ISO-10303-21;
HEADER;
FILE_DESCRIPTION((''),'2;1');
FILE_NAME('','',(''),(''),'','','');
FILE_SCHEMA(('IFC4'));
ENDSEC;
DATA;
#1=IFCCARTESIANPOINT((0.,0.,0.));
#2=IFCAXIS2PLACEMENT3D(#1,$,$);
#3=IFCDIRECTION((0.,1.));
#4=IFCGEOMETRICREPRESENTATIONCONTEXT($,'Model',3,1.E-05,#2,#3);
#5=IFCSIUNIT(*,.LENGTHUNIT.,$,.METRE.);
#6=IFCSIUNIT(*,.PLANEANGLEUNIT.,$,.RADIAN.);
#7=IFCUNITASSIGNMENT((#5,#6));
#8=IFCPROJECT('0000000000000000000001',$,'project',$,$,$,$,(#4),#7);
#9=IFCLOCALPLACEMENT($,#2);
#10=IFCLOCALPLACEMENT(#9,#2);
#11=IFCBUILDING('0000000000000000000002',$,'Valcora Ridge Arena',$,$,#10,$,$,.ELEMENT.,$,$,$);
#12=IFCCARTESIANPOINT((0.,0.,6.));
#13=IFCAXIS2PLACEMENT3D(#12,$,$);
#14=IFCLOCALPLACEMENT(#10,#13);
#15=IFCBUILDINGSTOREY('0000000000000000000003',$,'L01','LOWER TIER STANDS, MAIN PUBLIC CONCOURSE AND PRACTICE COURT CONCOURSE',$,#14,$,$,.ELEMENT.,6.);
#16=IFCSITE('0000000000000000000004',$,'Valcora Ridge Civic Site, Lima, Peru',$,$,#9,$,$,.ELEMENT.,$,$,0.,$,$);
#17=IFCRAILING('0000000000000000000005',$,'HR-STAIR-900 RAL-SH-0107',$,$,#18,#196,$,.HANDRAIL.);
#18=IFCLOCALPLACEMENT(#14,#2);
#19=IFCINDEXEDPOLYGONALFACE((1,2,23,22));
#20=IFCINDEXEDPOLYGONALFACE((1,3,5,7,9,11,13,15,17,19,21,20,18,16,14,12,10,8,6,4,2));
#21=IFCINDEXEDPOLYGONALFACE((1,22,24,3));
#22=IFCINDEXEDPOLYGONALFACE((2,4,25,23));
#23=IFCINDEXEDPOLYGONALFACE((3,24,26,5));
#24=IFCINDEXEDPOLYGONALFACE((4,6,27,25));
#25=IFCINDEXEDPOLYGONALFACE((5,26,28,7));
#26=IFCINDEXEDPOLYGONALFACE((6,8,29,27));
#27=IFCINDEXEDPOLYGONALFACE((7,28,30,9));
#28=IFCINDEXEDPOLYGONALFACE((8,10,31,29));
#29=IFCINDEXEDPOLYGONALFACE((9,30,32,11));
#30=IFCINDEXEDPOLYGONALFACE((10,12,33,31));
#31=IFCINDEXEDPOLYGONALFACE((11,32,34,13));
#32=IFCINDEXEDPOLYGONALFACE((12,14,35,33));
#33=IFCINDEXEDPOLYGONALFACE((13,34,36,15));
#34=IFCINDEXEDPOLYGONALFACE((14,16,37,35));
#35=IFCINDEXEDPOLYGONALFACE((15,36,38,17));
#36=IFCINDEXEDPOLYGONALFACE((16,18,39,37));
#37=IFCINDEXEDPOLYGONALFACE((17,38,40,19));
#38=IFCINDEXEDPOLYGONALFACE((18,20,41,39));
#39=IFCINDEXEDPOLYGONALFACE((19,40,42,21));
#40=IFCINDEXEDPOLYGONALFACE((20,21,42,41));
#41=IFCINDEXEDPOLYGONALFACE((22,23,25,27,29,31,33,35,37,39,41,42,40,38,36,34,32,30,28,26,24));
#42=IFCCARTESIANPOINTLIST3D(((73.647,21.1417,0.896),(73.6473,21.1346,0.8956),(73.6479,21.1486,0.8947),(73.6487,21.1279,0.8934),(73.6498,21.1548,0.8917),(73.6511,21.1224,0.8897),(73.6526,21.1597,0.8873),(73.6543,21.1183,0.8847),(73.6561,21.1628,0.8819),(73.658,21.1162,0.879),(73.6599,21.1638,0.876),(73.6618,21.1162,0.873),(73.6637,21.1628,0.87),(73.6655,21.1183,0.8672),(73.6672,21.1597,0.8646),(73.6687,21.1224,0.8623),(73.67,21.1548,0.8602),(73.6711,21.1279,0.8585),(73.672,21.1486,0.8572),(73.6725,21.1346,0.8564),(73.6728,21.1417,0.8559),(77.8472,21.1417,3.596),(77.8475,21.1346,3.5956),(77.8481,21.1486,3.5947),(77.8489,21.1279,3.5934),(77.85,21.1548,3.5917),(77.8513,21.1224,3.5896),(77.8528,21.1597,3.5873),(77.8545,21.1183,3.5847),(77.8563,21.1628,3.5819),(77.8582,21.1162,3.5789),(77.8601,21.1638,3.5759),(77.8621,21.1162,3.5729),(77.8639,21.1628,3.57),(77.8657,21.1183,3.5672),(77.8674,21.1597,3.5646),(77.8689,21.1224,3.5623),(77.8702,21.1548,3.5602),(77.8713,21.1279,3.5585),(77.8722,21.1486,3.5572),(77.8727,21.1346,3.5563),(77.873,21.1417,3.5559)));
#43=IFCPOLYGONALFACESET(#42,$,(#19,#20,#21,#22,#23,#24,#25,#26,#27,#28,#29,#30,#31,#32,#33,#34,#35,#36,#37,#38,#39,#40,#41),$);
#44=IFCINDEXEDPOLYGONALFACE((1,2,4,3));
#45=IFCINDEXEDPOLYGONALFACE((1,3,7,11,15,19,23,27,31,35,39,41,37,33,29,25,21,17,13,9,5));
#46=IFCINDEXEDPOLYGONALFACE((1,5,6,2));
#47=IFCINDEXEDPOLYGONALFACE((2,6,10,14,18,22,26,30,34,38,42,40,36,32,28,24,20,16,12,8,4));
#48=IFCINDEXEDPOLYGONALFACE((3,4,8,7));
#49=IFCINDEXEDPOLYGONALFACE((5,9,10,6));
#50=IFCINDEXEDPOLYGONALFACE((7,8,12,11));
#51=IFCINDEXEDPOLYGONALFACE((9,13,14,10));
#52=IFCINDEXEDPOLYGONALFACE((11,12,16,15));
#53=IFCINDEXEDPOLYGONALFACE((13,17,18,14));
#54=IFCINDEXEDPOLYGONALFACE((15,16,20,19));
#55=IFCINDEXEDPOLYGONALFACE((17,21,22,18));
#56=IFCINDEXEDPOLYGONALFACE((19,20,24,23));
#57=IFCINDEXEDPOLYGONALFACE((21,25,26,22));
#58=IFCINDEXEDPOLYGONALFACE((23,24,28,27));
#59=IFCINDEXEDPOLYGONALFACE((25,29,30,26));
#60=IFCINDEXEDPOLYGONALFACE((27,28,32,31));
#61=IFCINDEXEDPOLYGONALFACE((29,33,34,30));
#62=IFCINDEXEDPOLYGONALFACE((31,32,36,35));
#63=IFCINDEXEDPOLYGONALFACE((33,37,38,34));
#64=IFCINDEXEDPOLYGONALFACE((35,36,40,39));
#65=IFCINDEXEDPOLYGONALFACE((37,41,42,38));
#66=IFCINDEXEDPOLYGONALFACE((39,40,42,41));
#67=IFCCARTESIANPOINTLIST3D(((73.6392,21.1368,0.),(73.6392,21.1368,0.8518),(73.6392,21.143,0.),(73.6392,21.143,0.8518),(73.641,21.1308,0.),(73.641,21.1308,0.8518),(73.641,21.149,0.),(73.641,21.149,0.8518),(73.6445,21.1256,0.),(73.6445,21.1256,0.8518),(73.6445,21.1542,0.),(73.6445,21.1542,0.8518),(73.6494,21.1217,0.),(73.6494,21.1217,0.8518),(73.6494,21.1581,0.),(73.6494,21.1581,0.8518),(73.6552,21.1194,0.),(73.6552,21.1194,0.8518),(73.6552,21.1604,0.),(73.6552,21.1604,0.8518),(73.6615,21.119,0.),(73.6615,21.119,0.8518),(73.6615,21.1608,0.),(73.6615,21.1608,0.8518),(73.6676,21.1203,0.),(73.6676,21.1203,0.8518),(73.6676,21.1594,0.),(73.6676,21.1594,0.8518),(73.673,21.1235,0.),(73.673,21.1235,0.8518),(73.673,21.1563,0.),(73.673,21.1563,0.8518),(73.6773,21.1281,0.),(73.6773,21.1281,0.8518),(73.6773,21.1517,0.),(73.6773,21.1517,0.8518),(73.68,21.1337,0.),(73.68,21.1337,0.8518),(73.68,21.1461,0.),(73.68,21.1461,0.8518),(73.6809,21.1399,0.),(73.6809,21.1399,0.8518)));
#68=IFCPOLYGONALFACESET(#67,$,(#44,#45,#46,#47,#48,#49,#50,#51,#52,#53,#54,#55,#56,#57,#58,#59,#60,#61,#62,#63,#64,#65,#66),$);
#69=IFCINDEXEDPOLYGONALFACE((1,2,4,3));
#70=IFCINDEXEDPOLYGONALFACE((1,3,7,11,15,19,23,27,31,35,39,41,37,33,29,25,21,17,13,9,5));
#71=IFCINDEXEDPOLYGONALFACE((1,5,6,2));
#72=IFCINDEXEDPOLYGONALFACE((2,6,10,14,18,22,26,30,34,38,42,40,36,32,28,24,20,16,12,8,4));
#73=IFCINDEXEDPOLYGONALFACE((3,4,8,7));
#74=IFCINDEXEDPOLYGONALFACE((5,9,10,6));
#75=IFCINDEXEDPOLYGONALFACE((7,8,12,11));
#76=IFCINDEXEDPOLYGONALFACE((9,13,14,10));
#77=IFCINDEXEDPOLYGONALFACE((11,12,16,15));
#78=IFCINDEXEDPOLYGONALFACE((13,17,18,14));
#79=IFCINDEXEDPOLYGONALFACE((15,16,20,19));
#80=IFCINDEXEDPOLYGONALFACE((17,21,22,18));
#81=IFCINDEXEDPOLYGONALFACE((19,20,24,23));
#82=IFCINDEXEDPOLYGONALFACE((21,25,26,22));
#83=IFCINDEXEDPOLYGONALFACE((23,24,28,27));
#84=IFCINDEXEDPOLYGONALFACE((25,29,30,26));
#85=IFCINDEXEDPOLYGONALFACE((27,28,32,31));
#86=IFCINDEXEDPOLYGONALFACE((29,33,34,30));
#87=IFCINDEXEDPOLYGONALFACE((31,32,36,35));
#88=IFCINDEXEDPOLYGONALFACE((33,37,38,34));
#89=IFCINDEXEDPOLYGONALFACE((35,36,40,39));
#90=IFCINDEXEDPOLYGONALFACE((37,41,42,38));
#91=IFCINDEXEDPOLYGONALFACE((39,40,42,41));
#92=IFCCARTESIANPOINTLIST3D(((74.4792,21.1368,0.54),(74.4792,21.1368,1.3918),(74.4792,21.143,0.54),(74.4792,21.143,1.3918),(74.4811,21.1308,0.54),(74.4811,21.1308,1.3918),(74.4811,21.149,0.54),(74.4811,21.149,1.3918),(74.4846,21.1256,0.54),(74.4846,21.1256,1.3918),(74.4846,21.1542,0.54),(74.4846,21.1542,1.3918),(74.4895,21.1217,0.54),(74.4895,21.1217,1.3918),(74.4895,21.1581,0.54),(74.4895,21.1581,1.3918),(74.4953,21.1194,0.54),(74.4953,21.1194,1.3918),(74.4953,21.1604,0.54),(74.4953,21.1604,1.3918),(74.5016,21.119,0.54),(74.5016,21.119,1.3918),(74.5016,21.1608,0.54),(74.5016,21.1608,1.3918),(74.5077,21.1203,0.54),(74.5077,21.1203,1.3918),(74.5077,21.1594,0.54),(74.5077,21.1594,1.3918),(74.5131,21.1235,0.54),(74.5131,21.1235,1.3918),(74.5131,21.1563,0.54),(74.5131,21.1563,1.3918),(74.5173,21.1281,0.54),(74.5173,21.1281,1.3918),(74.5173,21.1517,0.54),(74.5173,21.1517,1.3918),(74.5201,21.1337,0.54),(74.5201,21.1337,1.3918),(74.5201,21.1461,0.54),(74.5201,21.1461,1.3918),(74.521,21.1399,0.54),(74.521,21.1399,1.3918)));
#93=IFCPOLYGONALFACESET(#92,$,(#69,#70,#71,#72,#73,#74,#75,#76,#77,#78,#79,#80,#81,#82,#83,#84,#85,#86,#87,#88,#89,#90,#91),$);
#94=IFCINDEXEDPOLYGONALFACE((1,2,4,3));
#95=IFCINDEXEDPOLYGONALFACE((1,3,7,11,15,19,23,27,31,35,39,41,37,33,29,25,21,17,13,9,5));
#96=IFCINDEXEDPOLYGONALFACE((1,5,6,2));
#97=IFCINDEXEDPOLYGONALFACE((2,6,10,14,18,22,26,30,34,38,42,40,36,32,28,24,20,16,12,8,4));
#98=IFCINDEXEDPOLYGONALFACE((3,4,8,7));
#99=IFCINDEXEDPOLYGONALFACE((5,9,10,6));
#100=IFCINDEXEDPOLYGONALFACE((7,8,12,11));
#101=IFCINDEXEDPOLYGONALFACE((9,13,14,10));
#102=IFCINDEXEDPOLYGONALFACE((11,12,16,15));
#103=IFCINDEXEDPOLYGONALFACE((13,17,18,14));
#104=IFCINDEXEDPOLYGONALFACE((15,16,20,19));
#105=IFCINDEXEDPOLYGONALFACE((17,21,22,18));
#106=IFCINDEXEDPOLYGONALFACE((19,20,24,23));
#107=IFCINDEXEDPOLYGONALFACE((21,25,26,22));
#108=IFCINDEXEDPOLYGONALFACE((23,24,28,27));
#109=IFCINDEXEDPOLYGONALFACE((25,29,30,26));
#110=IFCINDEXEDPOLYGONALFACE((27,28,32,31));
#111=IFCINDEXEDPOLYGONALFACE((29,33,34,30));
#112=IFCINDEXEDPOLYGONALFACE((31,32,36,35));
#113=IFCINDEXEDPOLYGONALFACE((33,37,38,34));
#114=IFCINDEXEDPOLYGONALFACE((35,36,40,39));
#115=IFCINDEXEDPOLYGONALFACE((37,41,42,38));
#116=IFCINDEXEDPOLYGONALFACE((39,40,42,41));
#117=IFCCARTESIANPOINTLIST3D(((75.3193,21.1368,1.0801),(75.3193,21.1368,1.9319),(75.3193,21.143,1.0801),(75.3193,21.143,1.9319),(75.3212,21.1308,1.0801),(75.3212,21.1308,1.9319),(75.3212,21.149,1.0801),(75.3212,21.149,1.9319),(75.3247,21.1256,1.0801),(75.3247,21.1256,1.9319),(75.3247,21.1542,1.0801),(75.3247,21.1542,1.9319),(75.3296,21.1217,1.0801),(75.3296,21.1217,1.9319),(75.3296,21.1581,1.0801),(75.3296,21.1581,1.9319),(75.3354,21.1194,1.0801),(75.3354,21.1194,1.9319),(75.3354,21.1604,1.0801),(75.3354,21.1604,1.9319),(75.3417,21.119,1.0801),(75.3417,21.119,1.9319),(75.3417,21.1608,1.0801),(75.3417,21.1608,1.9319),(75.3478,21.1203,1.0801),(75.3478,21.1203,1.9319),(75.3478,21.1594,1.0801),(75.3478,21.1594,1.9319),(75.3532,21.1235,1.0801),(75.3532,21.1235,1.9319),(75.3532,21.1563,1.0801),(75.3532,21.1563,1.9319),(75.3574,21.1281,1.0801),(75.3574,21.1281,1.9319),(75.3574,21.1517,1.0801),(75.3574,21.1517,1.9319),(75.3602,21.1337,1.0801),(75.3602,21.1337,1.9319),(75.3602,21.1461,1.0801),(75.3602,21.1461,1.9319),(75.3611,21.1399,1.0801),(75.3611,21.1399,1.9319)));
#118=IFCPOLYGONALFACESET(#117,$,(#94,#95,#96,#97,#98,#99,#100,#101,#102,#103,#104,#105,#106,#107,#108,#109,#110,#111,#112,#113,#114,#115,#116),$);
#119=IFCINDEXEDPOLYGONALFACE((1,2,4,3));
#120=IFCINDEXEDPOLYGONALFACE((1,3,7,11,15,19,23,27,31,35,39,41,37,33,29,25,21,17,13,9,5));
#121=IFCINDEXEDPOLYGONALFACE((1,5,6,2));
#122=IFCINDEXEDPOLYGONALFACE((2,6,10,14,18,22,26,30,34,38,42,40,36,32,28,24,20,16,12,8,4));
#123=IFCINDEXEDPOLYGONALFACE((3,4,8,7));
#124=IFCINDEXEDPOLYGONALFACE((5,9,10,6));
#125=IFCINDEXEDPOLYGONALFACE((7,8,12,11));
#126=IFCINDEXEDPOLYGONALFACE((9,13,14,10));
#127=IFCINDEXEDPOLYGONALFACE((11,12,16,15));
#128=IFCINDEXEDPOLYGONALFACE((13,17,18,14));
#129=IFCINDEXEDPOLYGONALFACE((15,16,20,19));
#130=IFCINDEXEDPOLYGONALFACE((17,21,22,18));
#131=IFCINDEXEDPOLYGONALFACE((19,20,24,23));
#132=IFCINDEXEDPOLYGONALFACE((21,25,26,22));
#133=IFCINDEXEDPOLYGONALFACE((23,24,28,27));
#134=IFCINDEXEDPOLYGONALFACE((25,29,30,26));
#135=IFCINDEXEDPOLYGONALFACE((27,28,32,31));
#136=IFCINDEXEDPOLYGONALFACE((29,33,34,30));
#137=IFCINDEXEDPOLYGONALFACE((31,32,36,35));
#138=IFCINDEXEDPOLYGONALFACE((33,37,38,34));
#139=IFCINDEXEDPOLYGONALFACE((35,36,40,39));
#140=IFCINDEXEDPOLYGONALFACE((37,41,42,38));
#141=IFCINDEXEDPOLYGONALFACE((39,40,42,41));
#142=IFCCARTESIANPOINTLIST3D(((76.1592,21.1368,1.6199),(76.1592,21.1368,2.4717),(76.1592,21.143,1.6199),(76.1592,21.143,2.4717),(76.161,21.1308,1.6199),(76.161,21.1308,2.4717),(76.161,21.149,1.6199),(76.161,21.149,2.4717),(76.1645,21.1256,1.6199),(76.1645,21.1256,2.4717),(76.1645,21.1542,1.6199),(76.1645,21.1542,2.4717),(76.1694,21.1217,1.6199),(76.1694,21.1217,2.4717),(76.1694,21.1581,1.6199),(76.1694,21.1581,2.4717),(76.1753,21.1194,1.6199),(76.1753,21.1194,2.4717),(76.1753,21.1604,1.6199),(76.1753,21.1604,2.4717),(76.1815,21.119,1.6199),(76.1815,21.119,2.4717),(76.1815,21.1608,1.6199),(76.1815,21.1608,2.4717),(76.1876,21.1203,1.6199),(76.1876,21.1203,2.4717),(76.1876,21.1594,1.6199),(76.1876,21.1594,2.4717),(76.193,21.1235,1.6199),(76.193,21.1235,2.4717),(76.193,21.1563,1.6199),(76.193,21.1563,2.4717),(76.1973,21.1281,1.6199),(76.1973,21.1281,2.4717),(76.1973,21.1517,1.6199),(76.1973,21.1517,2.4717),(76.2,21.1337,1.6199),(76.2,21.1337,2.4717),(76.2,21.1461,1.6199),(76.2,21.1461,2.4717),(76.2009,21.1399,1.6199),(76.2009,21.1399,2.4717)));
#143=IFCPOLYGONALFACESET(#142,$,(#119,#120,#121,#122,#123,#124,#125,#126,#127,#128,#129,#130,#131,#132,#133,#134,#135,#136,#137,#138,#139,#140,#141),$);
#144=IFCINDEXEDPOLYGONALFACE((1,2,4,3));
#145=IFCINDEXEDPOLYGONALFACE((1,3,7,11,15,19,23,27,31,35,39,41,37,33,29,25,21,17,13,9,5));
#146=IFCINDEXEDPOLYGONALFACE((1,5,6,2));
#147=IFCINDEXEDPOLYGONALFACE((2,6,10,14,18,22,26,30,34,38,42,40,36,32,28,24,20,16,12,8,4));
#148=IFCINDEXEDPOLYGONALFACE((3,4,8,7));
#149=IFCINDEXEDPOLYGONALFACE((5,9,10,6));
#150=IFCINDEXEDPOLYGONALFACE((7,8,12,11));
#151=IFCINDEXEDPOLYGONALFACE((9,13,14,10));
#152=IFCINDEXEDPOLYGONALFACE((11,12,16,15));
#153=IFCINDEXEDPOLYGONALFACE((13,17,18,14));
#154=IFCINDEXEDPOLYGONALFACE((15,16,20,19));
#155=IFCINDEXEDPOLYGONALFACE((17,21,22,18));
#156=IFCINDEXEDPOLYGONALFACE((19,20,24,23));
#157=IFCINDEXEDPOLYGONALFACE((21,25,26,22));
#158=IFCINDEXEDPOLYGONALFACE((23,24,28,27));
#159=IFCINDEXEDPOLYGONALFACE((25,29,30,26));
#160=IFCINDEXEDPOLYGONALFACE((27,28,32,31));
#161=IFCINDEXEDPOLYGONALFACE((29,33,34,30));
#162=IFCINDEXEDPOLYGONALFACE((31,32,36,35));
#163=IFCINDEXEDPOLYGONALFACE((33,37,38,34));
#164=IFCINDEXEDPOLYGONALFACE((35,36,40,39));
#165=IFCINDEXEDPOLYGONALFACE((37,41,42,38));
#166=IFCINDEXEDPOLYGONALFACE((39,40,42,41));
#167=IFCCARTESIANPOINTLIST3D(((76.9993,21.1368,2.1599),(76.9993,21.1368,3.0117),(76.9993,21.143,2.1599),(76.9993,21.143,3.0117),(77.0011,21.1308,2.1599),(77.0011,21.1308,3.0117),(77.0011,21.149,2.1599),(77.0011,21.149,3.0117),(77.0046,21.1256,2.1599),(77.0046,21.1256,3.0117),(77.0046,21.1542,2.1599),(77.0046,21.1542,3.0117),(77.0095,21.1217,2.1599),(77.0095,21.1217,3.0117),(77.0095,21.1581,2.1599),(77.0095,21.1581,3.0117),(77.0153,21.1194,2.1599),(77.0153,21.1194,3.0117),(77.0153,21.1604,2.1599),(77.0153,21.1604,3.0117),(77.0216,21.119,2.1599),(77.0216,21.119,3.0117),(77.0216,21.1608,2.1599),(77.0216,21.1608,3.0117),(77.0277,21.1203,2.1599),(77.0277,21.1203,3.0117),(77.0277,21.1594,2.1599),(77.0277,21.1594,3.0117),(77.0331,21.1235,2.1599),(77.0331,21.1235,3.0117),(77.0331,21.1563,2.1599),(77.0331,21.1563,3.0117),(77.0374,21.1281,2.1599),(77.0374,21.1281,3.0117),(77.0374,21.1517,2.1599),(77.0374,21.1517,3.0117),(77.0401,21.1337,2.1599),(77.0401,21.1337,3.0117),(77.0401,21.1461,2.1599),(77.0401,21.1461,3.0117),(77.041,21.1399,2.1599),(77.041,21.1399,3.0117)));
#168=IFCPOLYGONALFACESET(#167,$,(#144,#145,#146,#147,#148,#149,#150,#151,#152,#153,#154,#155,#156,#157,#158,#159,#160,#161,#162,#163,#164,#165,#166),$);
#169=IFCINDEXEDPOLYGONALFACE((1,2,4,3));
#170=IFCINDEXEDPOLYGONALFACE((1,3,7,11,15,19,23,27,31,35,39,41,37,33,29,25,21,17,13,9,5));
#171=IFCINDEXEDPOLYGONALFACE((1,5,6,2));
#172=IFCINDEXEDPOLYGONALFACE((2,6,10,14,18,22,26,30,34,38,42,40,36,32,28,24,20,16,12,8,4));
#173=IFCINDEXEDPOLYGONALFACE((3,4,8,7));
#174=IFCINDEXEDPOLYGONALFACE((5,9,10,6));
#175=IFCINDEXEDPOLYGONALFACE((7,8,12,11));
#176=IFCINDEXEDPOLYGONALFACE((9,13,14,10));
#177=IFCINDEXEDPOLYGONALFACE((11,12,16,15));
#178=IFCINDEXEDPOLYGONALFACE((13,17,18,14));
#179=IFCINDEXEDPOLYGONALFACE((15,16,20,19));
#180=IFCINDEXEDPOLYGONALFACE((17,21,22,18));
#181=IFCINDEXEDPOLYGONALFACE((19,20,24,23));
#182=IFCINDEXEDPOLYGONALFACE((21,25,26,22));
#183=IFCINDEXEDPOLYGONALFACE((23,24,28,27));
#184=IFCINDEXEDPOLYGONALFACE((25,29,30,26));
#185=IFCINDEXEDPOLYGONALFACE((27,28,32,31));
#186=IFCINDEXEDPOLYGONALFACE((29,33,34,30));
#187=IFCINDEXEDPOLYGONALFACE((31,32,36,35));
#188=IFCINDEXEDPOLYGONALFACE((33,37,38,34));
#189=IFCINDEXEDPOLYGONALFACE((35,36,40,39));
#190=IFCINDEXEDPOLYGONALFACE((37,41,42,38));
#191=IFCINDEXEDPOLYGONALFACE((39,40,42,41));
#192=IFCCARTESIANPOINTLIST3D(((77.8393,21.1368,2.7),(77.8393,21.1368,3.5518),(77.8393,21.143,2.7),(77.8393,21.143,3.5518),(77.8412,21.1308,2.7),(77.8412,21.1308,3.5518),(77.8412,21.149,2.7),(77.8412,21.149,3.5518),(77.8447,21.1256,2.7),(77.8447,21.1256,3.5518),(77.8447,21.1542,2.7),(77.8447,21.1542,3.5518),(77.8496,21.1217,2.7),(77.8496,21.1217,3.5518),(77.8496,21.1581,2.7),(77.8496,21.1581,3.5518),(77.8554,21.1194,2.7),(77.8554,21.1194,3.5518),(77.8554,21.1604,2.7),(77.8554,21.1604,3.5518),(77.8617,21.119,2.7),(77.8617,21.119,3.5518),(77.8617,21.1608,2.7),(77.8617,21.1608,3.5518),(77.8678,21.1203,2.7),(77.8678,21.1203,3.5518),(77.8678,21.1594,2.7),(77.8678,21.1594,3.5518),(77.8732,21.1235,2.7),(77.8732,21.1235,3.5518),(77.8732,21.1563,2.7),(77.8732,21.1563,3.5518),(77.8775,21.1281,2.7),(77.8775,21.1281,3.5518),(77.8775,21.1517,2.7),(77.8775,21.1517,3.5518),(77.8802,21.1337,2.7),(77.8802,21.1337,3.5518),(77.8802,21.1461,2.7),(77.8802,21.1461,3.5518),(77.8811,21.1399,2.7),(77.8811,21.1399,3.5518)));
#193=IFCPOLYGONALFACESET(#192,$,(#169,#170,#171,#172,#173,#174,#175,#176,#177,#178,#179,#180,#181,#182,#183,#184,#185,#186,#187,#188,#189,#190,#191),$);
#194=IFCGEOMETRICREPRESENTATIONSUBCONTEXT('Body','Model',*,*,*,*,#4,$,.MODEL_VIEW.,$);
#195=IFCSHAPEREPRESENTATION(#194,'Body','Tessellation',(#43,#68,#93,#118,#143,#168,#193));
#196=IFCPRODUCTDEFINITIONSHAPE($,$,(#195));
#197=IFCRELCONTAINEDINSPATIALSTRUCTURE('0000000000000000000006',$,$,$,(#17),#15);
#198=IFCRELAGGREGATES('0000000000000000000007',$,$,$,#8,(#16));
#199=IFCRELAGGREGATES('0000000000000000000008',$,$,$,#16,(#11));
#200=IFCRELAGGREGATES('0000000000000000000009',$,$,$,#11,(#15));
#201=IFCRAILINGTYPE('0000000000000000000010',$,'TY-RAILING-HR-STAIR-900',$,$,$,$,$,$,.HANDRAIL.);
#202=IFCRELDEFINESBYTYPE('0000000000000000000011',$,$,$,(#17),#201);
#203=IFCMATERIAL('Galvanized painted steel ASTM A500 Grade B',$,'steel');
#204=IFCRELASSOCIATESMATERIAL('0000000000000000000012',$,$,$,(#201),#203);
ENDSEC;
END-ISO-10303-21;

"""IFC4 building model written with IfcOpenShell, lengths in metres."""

from ifc_helpers import new_model, si_unit, direction, frame, origin, origin_2d, place, context, subcontext, project, spatial, circle, extrude, material, type_object, element, save


model = new_model("IFC4")

# Units and contexts
model_context = context("Model", 3, precision=1e-05, world=origin(), true_north=direction((0.0, 1.0)))
body_context = subcontext(model_context, "Body", "Model", "MODEL_VIEW")
ifc_project = project(units=[si_unit("LENGTHUNIT", "METRE"), si_unit("PLANEANGLEUNIT", "RADIAN")], contexts=[model_context])

# Site, building, storey
site_placement = place(None, origin())
site = spatial("IfcSite", under=ifc_project, at=site_placement, Name="Valcora Ridge Civic Site, Lima, Peru", CompositionType="ELEMENT", RefElevation=0.0)
building_placement = place(site_placement, origin())
building = spatial("IfcBuilding", under=site, at=building_placement, Name="Valcora Ridge Arena", CompositionType="ELEMENT")
storey_placement = place(building_placement, frame((0.0, 0.0, 6.0)))
storey = spatial("IfcBuildingStorey", under=building, at=storey_placement, Name="L01", Description="LOWER TIER STANDS, MAIN PUBLIC CONCOURSE AND PRACTICE COURT CONCOURSE", CompositionType="ELEMENT", Elevation=6.0)

# Railing
ifc_material_1 = material(Name="Galvanized painted steel ASTM A500 Grade B", Category="steel")
railing_type_1 = type_object("IfcRailingType", Name="TY-RAILING-HR-STAIR-900", PredefinedType="HANDRAIL", material=ifc_material_1)
railing_1_placement = place(storey_placement, frame((73.6599, 21.1399, 0.0)))
element("IfcRailing", 1, at=railing_1_placement, inside=storey, type_object=railing_type_1, Name="HR-STAIR-900 RAL-SH-0107", PredefinedType="HANDRAIL", context=body_context, shape_type="SweptSolid", body=[
    extrude(circle(Radius=0.0239, at=origin_2d()), frame((0.0, 0.0, 0.876), z_axis=(0.841194, 0.0, 0.540733), x_axis=(0.0, 1.0, 0.0)), (0.0, 0.0, 1.0), 4.9932),
    extrude(circle(Radius=0.021, at=origin_2d()), origin(), (0.0, 0.0, 1.0), 0.8518),
    extrude(circle(Radius=0.021, at=origin_2d()), frame((0.8401, 0.0, 0.54)), (0.0, 0.0, 1.0), 0.8518),
    extrude(circle(Radius=0.021, at=origin_2d()), frame((1.6802, 0.0, 1.0801)), (0.0, 0.0, 1.0), 0.8518),
    extrude(circle(Radius=0.021, at=origin_2d()), frame((2.52, 0.0, 1.6199)), (0.0, 0.0, 1.0), 0.8518),
    extrude(circle(Radius=0.021, at=origin_2d()), frame((3.3601, 0.0, 2.1599)), (0.0, 0.0, 1.0), 0.8518),
    extrude(circle(Radius=0.021, at=origin_2d()), frame((4.2002, 0.0, 2.7)), (0.0, 0.0, 1.0), 0.8518),
])

save(model, "model.ifc")
